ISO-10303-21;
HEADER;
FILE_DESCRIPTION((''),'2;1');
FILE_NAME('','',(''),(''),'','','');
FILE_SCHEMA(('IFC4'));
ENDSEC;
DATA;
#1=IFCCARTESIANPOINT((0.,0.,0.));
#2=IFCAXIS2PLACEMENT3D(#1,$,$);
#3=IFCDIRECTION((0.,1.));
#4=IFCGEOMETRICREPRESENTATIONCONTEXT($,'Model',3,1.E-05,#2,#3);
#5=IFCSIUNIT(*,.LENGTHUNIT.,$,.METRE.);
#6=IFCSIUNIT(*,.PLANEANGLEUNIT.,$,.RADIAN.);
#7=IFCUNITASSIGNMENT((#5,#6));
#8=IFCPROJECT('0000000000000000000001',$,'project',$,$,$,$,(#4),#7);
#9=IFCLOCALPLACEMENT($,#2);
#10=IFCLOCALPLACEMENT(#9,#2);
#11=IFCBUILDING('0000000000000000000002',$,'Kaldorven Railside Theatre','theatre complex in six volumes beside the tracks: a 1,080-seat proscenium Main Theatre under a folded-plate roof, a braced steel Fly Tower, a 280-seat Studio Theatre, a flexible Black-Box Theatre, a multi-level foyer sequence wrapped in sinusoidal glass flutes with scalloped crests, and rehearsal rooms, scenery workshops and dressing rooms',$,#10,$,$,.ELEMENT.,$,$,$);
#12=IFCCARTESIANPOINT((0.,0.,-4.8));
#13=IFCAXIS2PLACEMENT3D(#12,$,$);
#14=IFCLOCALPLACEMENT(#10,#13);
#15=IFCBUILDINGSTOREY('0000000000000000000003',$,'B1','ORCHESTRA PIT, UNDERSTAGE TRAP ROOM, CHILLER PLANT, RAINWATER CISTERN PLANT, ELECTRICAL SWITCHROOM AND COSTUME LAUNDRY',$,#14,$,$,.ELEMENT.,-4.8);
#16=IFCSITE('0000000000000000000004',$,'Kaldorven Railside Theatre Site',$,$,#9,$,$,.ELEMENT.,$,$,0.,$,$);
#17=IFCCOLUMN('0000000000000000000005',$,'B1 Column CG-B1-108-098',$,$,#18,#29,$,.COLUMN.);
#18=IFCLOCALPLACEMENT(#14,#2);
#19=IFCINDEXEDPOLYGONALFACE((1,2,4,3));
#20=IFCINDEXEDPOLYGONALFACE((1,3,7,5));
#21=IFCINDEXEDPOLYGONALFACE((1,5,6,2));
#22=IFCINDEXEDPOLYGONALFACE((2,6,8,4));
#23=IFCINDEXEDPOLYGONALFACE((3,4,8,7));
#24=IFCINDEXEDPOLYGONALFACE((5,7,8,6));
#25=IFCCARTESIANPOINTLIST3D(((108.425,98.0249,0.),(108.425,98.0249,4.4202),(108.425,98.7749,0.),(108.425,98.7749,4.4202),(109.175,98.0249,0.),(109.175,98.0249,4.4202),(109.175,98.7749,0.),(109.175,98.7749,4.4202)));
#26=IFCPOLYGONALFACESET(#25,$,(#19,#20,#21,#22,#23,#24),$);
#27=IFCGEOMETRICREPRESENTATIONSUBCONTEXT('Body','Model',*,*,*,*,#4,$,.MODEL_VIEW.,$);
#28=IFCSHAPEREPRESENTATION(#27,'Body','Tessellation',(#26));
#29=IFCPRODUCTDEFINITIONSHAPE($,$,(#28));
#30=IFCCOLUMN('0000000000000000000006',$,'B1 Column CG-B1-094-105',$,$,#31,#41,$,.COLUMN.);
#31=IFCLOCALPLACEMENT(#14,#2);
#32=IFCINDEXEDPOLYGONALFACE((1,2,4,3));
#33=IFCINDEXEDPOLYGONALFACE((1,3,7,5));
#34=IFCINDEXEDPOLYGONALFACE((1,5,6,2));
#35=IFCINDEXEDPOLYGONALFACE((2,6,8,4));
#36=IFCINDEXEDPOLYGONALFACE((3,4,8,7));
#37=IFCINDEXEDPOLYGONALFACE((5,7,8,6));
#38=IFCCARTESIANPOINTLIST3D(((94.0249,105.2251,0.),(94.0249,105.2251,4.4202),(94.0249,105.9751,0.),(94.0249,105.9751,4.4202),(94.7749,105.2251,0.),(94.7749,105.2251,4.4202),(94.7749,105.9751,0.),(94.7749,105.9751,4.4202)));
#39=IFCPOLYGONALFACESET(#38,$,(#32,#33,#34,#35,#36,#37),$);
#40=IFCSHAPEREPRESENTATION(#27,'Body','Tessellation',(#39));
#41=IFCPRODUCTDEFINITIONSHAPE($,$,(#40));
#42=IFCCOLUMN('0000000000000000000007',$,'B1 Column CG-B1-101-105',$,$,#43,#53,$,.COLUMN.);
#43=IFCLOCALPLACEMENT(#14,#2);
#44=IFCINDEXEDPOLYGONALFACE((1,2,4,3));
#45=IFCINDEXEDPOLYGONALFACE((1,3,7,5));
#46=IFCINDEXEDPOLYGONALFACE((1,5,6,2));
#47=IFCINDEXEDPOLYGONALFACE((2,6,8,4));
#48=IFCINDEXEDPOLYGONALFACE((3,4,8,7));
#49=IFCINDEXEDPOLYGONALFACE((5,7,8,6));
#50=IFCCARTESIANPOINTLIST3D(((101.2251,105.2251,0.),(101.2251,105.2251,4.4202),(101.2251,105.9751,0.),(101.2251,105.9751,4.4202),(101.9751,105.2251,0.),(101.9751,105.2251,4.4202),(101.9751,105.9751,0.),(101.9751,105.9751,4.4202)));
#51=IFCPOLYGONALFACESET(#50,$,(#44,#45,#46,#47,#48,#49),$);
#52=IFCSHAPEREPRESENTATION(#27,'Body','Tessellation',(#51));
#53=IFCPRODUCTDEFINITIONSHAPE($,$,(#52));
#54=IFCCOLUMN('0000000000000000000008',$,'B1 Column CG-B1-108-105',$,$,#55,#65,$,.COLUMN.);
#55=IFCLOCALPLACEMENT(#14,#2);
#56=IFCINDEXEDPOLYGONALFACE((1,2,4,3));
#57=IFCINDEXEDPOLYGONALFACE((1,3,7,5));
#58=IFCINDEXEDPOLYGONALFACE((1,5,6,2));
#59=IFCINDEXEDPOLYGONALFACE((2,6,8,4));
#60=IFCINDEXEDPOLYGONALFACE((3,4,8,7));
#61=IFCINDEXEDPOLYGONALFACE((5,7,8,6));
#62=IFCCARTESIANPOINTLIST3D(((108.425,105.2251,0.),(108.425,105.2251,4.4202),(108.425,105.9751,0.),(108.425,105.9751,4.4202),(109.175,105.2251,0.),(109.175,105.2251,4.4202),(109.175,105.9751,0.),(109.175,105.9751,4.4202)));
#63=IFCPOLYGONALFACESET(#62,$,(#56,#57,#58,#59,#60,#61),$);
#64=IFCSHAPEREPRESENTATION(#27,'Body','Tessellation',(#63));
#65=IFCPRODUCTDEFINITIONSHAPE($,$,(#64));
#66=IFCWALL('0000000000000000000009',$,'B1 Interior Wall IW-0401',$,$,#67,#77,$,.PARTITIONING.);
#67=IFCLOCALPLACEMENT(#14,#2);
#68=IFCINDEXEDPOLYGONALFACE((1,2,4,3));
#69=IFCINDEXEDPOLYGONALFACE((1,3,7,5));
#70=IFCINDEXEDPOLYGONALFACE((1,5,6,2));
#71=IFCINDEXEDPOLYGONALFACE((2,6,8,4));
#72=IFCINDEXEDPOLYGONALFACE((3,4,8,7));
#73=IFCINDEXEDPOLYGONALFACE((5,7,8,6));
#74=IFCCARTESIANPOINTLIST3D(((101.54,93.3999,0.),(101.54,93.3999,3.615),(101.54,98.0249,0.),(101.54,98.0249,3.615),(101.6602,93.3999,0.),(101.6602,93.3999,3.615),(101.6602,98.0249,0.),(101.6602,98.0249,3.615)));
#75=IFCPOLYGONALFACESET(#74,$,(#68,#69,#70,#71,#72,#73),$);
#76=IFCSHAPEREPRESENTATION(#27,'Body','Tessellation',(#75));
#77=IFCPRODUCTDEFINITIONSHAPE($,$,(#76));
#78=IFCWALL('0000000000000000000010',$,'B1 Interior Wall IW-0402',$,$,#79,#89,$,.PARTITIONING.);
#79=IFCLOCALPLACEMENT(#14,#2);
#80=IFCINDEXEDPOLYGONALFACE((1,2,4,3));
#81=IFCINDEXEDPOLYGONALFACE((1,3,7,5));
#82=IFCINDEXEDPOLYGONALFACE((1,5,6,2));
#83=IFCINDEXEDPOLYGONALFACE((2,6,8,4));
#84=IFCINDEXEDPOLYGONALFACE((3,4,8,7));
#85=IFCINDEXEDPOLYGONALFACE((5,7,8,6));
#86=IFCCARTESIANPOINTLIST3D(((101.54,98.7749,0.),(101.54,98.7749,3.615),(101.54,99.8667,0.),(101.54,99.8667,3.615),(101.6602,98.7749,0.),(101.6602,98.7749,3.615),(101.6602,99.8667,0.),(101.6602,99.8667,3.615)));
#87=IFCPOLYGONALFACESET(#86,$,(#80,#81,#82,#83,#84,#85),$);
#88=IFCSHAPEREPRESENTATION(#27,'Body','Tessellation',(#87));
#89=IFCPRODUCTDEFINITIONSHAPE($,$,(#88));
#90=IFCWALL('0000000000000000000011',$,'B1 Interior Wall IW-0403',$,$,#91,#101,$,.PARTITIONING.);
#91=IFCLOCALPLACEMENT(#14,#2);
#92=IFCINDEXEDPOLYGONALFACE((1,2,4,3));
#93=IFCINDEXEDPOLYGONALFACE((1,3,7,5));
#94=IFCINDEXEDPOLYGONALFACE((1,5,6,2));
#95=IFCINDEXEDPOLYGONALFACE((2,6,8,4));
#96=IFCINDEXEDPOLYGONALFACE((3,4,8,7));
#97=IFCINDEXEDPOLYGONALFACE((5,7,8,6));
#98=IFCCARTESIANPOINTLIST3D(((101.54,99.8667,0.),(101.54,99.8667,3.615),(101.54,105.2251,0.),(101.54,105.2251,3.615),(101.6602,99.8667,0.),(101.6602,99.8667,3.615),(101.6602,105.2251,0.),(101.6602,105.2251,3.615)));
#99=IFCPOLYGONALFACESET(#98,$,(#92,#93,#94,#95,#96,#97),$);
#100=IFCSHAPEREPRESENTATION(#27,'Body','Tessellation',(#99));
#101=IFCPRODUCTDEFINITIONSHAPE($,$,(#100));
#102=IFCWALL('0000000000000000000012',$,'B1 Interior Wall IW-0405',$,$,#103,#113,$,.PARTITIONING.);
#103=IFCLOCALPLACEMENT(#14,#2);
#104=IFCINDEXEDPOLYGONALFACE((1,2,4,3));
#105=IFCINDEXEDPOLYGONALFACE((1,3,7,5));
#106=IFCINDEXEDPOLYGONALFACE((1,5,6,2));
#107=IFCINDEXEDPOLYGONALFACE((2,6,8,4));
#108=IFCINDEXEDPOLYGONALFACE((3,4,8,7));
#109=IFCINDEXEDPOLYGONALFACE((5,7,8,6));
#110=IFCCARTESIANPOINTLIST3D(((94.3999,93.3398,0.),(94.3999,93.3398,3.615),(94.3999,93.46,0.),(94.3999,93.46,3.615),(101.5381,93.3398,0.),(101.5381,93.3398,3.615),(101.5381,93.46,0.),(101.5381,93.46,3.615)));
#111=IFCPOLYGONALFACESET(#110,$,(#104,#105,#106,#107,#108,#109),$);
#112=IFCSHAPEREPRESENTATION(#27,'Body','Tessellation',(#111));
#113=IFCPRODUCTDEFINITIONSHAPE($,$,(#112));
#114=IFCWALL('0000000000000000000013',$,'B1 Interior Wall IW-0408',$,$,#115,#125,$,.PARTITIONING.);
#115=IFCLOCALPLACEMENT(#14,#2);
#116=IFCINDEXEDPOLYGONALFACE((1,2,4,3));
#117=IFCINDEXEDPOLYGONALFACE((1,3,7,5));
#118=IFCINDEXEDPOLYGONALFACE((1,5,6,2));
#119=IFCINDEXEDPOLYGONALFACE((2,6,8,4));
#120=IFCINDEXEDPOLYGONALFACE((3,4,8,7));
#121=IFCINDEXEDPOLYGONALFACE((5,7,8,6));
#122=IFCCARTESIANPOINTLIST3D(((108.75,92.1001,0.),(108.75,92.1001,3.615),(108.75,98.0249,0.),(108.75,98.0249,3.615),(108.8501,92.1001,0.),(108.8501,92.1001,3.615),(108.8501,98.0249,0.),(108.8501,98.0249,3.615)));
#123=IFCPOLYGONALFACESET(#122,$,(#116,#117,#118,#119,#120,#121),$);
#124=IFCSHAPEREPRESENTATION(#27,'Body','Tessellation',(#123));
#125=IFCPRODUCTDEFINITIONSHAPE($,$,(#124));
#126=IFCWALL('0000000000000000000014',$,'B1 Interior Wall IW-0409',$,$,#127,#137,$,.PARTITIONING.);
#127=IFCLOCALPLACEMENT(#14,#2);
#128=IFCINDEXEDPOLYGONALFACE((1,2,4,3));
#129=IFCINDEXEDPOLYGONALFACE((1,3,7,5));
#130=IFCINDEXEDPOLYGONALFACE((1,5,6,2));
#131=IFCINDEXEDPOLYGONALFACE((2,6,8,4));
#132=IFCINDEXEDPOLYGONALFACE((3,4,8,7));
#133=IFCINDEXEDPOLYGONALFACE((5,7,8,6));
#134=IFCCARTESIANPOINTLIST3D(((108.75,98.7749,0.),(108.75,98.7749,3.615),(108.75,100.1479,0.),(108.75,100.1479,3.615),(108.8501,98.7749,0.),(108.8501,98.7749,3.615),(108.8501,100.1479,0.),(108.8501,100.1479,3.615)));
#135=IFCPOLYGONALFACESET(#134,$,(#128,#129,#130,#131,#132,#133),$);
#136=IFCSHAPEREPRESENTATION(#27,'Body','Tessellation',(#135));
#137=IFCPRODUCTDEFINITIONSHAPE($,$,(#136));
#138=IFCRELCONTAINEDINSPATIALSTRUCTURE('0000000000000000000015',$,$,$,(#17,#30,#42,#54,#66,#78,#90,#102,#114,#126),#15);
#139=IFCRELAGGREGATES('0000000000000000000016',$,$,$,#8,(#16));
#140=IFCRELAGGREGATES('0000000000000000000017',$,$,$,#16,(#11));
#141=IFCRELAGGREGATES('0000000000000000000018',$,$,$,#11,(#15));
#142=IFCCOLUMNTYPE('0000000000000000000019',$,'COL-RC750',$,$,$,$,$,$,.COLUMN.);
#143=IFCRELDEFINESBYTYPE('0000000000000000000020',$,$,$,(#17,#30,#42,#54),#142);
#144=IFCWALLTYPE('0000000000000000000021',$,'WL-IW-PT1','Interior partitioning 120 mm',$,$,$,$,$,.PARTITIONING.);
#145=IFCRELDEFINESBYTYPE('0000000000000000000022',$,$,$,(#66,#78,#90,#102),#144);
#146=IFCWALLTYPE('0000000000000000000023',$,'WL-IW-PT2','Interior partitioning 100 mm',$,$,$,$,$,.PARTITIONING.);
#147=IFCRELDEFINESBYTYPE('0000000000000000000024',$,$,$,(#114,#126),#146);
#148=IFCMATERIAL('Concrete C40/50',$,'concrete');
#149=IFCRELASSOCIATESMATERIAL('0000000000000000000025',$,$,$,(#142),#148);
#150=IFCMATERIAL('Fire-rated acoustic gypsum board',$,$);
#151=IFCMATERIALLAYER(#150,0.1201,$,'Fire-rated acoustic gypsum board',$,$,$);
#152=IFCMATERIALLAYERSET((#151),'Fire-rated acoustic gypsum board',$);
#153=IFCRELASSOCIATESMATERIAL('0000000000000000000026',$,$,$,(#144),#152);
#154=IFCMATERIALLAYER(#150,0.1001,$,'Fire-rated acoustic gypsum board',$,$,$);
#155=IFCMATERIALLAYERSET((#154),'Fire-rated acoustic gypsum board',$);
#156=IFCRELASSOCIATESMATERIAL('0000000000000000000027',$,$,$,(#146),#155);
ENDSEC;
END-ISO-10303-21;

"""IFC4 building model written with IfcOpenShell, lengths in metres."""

from ifc_helpers import new_model, si_unit, direction, frame, frame_2d, origin, origin_2d, place, context, subcontext, project, spatial, rectangle, extrude, material, layer, layer_set, material_profile, profile_set, type_object, element, save


model = new_model("IFC4")

# Units and contexts
model_context = context("Model", 3, precision=1e-05, world=origin(), true_north=direction((0.0, 1.0)))
body_context = subcontext(model_context, "Body", "Model", "MODEL_VIEW")
ifc_project = project(units=[si_unit("LENGTHUNIT", "METRE"), si_unit("PLANEANGLEUNIT", "RADIAN")], contexts=[model_context])

# Site, building, storey
site_placement = place(None, origin())
site = spatial("IfcSite", under=ifc_project, at=site_placement, Name="Kaldorven Railside Theatre Site", CompositionType="ELEMENT", RefElevation=0.0)
building_placement = place(site_placement, origin())
building = spatial("IfcBuilding", under=site, at=building_placement, Name="Kaldorven Railside Theatre", Description="theatre complex in six volumes beside the tracks: a 1,080-seat proscenium Main Theatre under a folded-plate roof, a braced steel Fly Tower, a 280-seat Studio Theatre, a flexible Black-Box Theatre, a multi-level foyer sequence wrapped in sinusoidal glass flutes with scalloped crests, and rehearsal rooms, scenery workshops and dressing rooms", CompositionType="ELEMENT")
storey_placement = place(building_placement, frame((0.0, 0.0, -4.8)))
storey = spatial("IfcBuildingStorey", under=building, at=storey_placement, Name="B1", Description="ORCHESTRA PIT, UNDERSTAGE TRAP ROOM, CHILLER PLANT, RAINWATER CISTERN PLANT, ELECTRICAL SWITCHROOM AND COSTUME LAUNDRY", CompositionType="ELEMENT", Elevation=-4.8)

# Shared definitions
ifc_material_1 = material(Name="Concrete C40/50", Category="concrete")

# Columns
ifc_material_profile_1 = material_profile(ifc_material_1, rectangle(XDim=0.75, YDim=0.75, at=origin_2d()), Name="RC 750x750")
ifc_profile_set_1 = profile_set([ifc_material_profile_1], Name="Concrete C40/50")
column_type = type_object("IfcColumnType", Name="COL-RC750", PredefinedType="COLUMN", material=ifc_profile_set_1)
for number, where, z_axis, x_axis, name in (
    (1, (108.8, 98.3999, 0.0), (0.0, 0.0, 1.0), (0.0, 1.0, 0.0), "B1 Column CG-B1-108-098"),
    (2, (94.3999, 105.6001, 0.0), (0.0, 0.0, 1.0), (1.0, 0.0, 0.0), "B1 Column CG-B1-094-105"),
    (3, (101.6001, 105.6001, 0.0), (0.0, 0.0, 1.0), (0.0, 1.0, 0.0), "B1 Column CG-B1-101-105"),
    (4, (108.8, 105.6001, 0.0), (0.0, 0.0, 1.0), (1.0, 0.0, 0.0), "B1 Column CG-B1-108-105"),
):
    element("IfcColumn", number, at=place(storey_placement, frame(where, z_axis=z_axis, x_axis=x_axis)), inside=storey, type_object=column_type, Name=name, PredefinedType="COLUMN", context=body_context, shape_type="SweptSolid", body=[
        extrude(rectangle(XDim=0.75, YDim=0.75, at=origin_2d()), origin(), (0.0, 0.0, 1.0), 4.4202),
    ])

# Walls
ifc_material_2 = material(Name="Fire-rated acoustic gypsum board")
ifc_layer_1 = layer(ifc_material_2, 0.1201, Name="Fire-rated acoustic gypsum board")
ifc_layer_set_1 = layer_set([ifc_layer_1], Name="Fire-rated acoustic gypsum board")
wall_type_1 = type_object("IfcWallType", Name="WL-IW-PT1", Description="Interior partitioning 120 mm", PredefinedType="PARTITIONING", material=ifc_layer_set_1)
wall_1_placement = place(storey_placement, frame((101.6001, 93.3999, 0.0), z_axis=(0.0, 0.0, 1.0), x_axis=(0.0, 1.0, 0.0)))
element("IfcWall", 5, at=wall_1_placement, inside=storey, type_object=wall_type_1, Name="B1 Interior Wall IW-0401", PredefinedType="PARTITIONING", context=body_context, shape_type="SweptSolid", body=[
    extrude(rectangle(XDim=4.625, YDim=0.1201, at=frame_2d((2.3125, 0.0))), origin(), (0.0, 0.0, 1.0), 3.615),
])
wall_2_placement = place(storey_placement, frame((101.6001, 98.7749, 0.0), z_axis=(0.0, 0.0, 1.0), x_axis=(0.0, 1.0, 0.0)))
element("IfcWall", 6, at=wall_2_placement, inside=storey, type_object=wall_type_1, Name="B1 Interior Wall IW-0402", PredefinedType="PARTITIONING", context=body_context, shape_type="SweptSolid", body=[
    extrude(rectangle(XDim=1.0918, YDim=0.1201, at=frame_2d((0.5459, 0.0))), origin(), (0.0, 0.0, 1.0), 3.615),
])
wall_3_placement = place(storey_placement, frame((101.6001, 99.8667, 0.0), z_axis=(0.0, 0.0, 1.0), x_axis=(0.0, 1.0, 0.0)))
element("IfcWall", 7, at=wall_3_placement, inside=storey, type_object=wall_type_1, Name="B1 Interior Wall IW-0403", PredefinedType="PARTITIONING", context=body_context, shape_type="SweptSolid", body=[
    extrude(rectangle(XDim=5.3584, YDim=0.1201, at=frame_2d((2.6792, 0.0))), origin(), (0.0, 0.0, 1.0), 3.615),
])
wall_4_placement = place(storey_placement, frame((94.3999, 93.3999, 0.0), z_axis=(0.0, 0.0, 1.0), x_axis=(1.0, 0.0, 0.0)))
element("IfcWall", 8, at=wall_4_placement, inside=storey, type_object=wall_type_1, Name="B1 Interior Wall IW-0405", PredefinedType="PARTITIONING", context=body_context, shape_type="SweptSolid", body=[
    extrude(rectangle(XDim=7.1382, YDim=0.1201, at=frame_2d((3.5691, 0.0))), origin(), (0.0, 0.0, 1.0), 3.615),
])
ifc_layer_2 = layer(ifc_material_2, 0.1001, Name="Fire-rated acoustic gypsum board")
ifc_layer_set_2 = layer_set([ifc_layer_2], Name="Fire-rated acoustic gypsum board")
wall_type_2 = type_object("IfcWallType", Name="WL-IW-PT2", Description="Interior partitioning 100 mm", PredefinedType="PARTITIONING", material=ifc_layer_set_2)
wall_5_placement = place(storey_placement, frame((108.8, 98.0249, 0.0), z_axis=(0.0, 0.0, 1.0), x_axis=(0.0, -1.0, 0.0)))
element("IfcWall", 9, at=wall_5_placement, inside=storey, type_object=wall_type_2, Name="B1 Interior Wall IW-0408", PredefinedType="PARTITIONING", context=body_context, shape_type="SweptSolid", body=[
    extrude(rectangle(XDim=5.9248, YDim=0.1001, at=frame_2d((2.9624, 0.0))), origin(), (0.0, 0.0, 1.0), 3.615),
])
wall_6_placement = place(storey_placement, frame((108.8, 100.1479, 0.0), z_axis=(0.0, 0.0, 1.0), x_axis=(0.0, -1.0, 0.0)))
element("IfcWall", 10, at=wall_6_placement, inside=storey, type_object=wall_type_2, Name="B1 Interior Wall IW-0409", PredefinedType="PARTITIONING", context=body_context, shape_type="SweptSolid", body=[
    extrude(rectangle(XDim=1.373, YDim=0.1001, at=frame_2d((0.6865, 0.0))), origin(), (0.0, 0.0, 1.0), 3.615),
])

save(model, "model.ifc")
